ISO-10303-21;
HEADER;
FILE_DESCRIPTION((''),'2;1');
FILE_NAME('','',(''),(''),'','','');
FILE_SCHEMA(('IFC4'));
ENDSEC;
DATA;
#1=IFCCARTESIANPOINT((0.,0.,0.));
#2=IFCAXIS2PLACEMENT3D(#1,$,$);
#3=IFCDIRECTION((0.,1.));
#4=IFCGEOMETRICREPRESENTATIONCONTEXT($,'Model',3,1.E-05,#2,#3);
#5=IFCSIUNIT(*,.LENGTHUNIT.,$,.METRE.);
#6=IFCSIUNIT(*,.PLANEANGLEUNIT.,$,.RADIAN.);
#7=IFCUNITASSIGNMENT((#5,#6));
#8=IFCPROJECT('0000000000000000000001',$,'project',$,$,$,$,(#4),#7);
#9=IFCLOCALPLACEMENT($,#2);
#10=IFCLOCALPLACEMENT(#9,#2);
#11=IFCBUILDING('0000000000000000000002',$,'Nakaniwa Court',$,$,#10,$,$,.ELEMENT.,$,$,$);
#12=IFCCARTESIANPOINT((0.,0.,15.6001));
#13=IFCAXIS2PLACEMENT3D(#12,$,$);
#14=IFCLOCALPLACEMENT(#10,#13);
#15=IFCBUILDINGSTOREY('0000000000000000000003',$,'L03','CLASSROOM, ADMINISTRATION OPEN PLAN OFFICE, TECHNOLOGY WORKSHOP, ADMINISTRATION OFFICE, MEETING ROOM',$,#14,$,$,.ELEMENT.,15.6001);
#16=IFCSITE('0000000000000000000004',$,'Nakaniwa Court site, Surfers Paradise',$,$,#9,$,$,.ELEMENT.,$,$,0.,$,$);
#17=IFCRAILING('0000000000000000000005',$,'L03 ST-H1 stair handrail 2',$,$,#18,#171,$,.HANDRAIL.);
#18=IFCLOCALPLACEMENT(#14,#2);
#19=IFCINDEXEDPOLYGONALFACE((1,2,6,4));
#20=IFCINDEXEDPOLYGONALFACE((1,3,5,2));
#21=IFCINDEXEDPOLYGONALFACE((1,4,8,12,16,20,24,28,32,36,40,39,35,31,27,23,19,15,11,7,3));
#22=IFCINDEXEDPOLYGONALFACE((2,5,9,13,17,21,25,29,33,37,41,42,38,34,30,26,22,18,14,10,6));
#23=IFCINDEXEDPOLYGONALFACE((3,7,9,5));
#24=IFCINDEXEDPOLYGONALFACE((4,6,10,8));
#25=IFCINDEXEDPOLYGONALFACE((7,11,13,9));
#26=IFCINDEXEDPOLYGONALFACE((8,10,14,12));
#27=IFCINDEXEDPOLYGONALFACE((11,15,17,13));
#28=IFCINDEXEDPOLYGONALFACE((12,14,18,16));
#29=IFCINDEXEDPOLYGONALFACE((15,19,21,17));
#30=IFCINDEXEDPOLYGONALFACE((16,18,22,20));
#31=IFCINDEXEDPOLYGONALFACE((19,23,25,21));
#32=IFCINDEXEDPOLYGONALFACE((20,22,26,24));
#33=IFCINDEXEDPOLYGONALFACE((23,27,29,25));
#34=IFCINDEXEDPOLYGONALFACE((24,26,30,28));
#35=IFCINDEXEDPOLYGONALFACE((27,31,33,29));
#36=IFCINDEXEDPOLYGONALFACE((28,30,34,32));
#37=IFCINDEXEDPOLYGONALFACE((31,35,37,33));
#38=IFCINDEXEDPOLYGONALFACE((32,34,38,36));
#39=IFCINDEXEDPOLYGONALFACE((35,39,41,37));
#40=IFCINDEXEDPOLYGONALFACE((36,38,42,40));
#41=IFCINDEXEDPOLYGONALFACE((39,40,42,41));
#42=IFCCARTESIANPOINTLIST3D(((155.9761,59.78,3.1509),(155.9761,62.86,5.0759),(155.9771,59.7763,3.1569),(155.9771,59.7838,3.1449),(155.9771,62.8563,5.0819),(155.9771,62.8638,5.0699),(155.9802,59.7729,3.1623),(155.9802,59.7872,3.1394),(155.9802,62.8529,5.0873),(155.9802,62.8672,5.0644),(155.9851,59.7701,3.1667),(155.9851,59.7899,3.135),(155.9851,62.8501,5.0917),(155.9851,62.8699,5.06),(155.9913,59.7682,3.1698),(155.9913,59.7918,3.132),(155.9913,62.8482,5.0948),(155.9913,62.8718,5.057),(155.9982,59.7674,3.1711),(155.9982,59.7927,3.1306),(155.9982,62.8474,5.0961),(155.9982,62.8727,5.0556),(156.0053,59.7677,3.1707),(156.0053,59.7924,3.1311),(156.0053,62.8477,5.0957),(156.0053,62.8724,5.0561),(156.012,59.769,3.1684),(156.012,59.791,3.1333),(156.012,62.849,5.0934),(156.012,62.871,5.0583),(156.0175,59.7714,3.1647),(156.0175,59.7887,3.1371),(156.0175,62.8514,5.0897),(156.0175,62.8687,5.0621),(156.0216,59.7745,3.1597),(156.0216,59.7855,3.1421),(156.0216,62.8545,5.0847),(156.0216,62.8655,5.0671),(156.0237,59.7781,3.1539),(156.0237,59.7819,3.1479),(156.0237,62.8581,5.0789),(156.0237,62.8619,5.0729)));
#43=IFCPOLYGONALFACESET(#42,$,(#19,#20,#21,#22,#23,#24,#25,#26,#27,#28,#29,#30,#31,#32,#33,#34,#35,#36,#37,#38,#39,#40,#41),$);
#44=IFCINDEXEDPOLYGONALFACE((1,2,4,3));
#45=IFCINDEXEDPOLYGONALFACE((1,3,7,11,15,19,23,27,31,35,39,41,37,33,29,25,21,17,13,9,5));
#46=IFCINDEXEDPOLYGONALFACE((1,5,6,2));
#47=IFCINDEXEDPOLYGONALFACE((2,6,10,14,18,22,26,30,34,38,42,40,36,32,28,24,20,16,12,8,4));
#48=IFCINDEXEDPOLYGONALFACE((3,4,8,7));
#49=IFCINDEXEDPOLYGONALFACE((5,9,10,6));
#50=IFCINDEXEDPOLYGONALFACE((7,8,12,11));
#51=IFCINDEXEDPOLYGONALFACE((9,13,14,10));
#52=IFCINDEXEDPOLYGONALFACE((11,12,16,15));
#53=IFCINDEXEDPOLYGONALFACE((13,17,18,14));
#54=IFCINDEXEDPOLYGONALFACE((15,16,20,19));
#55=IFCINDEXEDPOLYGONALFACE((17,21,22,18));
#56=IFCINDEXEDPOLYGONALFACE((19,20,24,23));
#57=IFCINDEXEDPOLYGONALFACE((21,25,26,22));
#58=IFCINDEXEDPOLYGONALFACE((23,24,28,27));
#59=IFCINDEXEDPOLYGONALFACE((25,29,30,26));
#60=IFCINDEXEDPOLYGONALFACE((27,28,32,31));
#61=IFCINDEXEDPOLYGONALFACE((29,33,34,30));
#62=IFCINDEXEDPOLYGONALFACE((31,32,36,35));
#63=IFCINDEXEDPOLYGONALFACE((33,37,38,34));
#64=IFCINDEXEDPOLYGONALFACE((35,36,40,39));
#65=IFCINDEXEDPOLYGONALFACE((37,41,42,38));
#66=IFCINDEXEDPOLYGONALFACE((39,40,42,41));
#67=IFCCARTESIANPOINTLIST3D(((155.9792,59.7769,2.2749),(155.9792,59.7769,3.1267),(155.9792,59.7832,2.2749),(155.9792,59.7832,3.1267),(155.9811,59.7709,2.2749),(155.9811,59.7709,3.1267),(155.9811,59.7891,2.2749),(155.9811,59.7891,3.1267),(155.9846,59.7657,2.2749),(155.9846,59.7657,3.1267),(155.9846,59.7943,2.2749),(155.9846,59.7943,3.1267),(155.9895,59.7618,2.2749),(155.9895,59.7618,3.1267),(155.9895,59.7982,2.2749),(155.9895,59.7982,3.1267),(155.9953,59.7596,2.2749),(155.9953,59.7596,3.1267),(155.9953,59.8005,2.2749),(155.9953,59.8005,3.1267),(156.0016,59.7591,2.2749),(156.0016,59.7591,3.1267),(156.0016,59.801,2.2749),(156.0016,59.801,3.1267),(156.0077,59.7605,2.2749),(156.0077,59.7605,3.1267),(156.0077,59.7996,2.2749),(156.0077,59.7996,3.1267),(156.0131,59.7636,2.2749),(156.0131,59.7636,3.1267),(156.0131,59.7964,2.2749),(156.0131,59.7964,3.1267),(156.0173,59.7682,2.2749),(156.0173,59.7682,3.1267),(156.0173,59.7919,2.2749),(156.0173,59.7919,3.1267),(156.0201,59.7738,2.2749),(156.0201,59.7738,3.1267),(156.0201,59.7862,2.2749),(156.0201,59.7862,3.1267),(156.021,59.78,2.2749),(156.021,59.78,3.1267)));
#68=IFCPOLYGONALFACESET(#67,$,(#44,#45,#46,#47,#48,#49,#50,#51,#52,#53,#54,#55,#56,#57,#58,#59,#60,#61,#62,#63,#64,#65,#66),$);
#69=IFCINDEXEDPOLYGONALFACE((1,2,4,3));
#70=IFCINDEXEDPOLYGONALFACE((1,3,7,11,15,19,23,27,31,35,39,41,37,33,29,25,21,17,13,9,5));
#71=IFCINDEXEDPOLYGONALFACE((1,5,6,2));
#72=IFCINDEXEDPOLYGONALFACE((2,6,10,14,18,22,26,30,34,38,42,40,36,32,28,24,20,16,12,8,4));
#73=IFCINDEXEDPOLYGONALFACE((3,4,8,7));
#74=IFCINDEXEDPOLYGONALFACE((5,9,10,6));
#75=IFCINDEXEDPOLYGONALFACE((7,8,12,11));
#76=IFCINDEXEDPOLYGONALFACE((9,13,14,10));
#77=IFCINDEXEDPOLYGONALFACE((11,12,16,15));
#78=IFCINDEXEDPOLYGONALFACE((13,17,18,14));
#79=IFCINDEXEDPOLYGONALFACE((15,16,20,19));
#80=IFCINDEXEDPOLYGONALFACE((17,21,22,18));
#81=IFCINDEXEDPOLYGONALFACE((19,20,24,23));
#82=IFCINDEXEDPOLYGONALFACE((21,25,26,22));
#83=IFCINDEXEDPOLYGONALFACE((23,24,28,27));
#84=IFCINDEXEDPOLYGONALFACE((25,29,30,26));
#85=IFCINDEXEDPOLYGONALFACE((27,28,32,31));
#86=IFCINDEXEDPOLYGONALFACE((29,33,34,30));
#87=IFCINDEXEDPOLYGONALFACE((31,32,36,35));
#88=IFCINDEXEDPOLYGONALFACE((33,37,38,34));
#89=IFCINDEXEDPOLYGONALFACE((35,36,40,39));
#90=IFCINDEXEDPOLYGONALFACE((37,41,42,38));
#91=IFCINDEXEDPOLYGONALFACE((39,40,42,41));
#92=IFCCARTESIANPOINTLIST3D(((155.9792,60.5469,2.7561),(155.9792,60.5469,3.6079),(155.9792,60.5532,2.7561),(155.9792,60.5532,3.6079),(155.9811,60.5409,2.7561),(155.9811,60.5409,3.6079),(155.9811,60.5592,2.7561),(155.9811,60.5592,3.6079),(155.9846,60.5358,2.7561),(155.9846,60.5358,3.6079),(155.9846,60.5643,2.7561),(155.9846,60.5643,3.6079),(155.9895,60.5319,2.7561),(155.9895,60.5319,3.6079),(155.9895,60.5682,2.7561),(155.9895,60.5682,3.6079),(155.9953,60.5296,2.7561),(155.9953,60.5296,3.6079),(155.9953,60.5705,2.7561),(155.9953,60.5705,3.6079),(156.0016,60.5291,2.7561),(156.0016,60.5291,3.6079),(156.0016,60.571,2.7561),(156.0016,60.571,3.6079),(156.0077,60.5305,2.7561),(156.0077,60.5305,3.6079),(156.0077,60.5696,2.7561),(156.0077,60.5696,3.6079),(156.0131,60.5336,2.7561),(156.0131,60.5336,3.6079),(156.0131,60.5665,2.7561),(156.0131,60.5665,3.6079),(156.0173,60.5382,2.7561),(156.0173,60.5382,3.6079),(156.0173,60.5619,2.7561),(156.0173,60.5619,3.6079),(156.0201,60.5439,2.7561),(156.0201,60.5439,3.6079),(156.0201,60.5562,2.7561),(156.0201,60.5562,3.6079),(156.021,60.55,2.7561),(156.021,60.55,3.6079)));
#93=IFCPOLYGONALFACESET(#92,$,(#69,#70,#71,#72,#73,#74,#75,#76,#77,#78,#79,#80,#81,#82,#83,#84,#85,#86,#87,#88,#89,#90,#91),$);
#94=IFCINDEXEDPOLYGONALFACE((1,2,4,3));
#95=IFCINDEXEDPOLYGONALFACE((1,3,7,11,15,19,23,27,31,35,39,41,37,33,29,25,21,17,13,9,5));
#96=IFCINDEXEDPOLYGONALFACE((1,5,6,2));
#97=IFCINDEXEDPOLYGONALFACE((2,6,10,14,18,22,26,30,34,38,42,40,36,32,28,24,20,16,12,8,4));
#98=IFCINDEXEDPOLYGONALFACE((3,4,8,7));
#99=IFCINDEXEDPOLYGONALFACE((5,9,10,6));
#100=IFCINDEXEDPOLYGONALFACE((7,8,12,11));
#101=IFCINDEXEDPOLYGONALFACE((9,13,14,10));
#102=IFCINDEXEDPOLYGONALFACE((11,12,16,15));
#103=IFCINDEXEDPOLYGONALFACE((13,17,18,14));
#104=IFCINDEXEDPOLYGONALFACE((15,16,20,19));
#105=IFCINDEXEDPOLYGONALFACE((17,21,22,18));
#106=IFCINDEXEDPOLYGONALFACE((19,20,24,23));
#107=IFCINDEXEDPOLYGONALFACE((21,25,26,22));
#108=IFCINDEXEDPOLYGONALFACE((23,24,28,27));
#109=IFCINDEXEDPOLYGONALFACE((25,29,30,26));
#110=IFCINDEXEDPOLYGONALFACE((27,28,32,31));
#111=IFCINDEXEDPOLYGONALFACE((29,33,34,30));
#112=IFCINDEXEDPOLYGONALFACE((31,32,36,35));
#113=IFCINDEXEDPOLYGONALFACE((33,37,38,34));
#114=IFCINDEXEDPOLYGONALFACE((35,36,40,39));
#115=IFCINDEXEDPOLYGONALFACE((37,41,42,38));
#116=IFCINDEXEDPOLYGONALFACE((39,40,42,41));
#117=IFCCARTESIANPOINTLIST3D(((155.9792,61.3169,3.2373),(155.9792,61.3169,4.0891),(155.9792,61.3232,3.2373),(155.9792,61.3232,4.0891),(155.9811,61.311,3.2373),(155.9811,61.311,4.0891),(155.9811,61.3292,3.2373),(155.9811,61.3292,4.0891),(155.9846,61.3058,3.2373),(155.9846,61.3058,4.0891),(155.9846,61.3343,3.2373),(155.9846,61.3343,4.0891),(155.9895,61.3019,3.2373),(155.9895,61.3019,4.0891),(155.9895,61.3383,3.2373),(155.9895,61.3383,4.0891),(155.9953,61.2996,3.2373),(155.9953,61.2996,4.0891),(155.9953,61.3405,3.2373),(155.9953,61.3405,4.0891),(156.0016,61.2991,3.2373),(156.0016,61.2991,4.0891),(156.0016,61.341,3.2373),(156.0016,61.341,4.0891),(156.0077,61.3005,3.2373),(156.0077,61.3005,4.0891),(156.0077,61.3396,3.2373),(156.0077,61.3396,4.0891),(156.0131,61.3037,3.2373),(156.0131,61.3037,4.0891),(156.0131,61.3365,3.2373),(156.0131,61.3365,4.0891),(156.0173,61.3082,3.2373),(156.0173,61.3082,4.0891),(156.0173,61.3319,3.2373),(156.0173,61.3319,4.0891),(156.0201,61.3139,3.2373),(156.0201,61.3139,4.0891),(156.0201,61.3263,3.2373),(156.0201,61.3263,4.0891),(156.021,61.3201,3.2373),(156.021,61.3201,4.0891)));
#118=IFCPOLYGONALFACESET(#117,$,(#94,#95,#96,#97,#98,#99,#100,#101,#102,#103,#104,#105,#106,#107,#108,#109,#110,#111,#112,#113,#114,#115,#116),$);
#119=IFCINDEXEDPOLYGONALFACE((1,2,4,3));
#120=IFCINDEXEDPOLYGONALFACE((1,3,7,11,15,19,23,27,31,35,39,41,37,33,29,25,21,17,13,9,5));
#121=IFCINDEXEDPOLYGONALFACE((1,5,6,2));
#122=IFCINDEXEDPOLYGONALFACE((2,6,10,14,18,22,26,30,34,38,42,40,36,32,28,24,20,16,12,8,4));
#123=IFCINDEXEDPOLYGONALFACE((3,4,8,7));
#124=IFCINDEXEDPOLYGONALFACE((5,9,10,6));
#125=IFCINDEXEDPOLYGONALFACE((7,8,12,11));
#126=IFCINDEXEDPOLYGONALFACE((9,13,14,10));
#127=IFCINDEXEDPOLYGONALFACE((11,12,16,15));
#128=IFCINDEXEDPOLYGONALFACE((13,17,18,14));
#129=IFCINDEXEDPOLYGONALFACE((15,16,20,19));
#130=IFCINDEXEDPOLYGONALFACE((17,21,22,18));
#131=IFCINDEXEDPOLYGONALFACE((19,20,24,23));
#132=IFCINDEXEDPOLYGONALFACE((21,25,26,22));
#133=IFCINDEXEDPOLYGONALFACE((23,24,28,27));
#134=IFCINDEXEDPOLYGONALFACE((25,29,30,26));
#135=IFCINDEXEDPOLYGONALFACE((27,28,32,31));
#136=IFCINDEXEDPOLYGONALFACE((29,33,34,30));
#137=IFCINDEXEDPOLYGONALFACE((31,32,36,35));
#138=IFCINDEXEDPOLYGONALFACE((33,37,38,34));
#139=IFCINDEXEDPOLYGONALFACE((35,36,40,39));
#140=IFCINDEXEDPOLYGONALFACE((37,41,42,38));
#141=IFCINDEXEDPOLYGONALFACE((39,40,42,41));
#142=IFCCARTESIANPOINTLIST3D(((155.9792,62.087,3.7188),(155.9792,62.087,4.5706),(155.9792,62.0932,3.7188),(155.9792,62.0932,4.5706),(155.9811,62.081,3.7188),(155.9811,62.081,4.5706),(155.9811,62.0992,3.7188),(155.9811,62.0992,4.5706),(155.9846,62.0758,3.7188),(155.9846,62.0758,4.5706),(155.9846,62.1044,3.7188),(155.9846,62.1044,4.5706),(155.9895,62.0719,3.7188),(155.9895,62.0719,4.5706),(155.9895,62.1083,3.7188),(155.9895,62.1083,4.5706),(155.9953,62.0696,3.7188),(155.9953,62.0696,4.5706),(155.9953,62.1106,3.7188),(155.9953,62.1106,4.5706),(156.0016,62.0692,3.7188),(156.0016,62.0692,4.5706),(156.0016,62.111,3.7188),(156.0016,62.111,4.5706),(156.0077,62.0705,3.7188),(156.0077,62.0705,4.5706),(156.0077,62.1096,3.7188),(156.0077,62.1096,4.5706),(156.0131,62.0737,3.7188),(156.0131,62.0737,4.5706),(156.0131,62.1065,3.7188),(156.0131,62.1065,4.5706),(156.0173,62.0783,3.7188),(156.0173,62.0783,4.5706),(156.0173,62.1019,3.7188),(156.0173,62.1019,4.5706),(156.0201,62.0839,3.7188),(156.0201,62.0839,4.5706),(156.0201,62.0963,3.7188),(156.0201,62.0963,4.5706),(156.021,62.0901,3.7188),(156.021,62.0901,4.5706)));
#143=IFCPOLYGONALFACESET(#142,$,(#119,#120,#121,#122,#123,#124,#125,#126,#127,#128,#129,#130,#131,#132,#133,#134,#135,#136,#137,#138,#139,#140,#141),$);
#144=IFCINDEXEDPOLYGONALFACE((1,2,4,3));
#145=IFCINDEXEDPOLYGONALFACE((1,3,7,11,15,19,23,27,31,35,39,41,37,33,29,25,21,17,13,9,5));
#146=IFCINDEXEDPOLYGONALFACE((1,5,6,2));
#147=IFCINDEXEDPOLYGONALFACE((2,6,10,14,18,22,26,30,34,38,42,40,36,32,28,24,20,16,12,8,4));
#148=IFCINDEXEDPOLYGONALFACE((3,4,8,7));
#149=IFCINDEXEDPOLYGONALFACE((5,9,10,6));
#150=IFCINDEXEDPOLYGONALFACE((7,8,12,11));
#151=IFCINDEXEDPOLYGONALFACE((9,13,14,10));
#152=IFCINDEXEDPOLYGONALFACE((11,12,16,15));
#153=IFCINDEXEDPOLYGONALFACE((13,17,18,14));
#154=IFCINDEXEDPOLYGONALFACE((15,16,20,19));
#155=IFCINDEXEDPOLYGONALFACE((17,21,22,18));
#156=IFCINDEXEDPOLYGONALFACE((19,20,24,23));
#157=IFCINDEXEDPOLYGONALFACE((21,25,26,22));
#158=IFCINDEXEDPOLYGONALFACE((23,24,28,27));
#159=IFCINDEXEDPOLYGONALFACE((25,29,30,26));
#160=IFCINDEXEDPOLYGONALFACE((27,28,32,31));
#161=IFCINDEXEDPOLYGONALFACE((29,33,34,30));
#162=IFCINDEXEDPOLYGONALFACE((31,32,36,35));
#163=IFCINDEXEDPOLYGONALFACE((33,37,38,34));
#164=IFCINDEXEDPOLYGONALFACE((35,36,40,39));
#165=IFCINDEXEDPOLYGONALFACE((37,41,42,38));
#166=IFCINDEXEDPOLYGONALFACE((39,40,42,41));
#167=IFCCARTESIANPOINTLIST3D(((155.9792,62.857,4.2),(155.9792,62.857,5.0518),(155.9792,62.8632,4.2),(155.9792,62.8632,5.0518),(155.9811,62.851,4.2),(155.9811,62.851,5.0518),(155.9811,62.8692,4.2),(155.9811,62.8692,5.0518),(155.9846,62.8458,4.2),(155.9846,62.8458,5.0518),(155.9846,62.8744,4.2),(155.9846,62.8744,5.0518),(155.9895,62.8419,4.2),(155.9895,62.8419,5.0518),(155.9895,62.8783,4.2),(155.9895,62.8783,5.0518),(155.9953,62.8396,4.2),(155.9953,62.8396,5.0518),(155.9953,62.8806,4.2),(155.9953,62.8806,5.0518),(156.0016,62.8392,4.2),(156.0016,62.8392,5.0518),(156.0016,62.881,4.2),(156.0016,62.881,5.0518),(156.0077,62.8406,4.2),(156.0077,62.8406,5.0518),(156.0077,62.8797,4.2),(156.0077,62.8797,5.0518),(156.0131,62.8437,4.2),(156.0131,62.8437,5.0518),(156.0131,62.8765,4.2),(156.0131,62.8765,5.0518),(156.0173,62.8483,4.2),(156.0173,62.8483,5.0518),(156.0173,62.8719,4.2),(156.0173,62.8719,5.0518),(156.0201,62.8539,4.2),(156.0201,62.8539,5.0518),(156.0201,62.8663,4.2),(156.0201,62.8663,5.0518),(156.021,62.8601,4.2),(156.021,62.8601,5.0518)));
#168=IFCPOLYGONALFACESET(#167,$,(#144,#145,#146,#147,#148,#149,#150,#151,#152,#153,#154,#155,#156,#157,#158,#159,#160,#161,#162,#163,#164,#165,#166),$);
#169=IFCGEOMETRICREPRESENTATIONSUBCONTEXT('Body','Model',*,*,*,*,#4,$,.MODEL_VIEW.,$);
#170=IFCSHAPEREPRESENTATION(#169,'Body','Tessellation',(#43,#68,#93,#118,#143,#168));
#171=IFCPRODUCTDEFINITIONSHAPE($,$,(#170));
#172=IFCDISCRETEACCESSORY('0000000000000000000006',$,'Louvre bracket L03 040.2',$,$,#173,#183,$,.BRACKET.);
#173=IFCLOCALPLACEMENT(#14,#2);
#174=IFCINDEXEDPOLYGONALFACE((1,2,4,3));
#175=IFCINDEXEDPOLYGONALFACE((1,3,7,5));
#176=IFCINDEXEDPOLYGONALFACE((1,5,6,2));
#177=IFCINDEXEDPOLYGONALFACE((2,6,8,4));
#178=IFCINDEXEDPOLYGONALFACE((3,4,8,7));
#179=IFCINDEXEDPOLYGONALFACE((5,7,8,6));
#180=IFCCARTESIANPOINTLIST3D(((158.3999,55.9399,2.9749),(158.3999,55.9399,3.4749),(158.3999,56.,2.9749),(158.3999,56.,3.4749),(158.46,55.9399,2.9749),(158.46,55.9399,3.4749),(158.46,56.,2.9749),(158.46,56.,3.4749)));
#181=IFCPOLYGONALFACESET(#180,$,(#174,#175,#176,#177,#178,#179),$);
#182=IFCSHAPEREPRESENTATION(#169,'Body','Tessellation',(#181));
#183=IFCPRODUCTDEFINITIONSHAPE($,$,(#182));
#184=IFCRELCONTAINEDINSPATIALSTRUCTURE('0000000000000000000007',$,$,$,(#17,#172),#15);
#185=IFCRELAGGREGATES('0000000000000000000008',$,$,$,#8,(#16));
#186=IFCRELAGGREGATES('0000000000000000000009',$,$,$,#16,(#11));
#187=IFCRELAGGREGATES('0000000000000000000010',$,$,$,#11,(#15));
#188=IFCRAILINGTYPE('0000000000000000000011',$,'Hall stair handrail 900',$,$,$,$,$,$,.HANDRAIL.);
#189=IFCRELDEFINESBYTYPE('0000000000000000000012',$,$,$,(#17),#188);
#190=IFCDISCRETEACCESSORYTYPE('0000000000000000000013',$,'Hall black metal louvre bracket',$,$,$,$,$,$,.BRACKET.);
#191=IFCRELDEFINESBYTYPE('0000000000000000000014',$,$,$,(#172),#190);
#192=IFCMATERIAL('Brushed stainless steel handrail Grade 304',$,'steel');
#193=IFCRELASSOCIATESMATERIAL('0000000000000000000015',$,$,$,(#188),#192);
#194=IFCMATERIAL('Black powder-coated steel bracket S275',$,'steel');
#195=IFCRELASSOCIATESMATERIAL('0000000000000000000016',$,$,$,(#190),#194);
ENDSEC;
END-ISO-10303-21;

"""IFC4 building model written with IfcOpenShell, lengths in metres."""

from ifc_helpers import new_model, si_unit, direction, frame, origin, origin_2d, place, context, subcontext, project, spatial, rectangle, circle, extrude, material, type_object, element, save


model = new_model("IFC4")

# Units and contexts
model_context = context("Model", 3, precision=1e-05, world=origin(), true_north=direction((0.0, 1.0)))
body_context = subcontext(model_context, "Body", "Model", "MODEL_VIEW")
ifc_project = project(units=[si_unit("LENGTHUNIT", "METRE"), si_unit("PLANEANGLEUNIT", "RADIAN")], contexts=[model_context])

# Site, building, storey
site_placement = place(None, origin())
site = spatial("IfcSite", under=ifc_project, at=site_placement, Name="Nakaniwa Court site, Surfers Paradise", CompositionType="ELEMENT", RefElevation=0.0)
building_placement = place(site_placement, origin())
building = spatial("IfcBuilding", under=site, at=building_placement, Name="Nakaniwa Court", CompositionType="ELEMENT")
storey_placement = place(building_placement, frame((0.0, 0.0, 15.6001)))
storey = spatial("IfcBuildingStorey", under=building, at=storey_placement, Name="L03", Description="CLASSROOM, ADMINISTRATION OPEN PLAN OFFICE, TECHNOLOGY WORKSHOP, ADMINISTRATION OFFICE, MEETING ROOM", CompositionType="ELEMENT", Elevation=15.6001)

# Railing
ifc_material_1 = material(Name="Brushed stainless steel handrail Grade 304", Category="steel")
railing_type_1 = type_object("IfcRailingType", Name="Hall stair handrail 900", PredefinedType="HANDRAIL", material=ifc_material_1)
railing_1_placement = place(storey_placement, frame((156.0, 59.78, 2.2749)))
element("IfcRailing", 1, at=railing_1_placement, inside=storey, type_object=railing_type_1, Name="L03 ST-H1 stair handrail 2", PredefinedType="HANDRAIL", context=body_context, shape_type="SweptSolid", body=[
    extrude(circle(Radius=0.0239, at=origin_2d()), frame((0.0, 0.0, 0.876), z_axis=(0.0, 0.847998, 0.529999), x_axis=(-1.0, 0.0, 0.0)), (0.0, 0.0, 1.0), 3.6321),
    extrude(circle(Radius=0.021, at=origin_2d()), origin(), (0.0, 0.0, 1.0), 0.8518),
    extrude(circle(Radius=0.021, at=origin_2d()), frame((0.0, 0.77, 0.4812)), (0.0, 0.0, 1.0), 0.8518),
    extrude(circle(Radius=0.021, at=origin_2d()), frame((0.0, 1.54, 0.9624)), (0.0, 0.0, 1.0), 0.8518),
    extrude(circle(Radius=0.021, at=origin_2d()), frame((0.0, 2.3101, 1.4438)), (0.0, 0.0, 1.0), 0.8518),
    extrude(circle(Radius=0.021, at=origin_2d()), frame((0.0, 3.0801, 1.925)), (0.0, 0.0, 1.0), 0.8518),
])

# Discrete accessory
ifc_material_2 = material(Name="Black powder-coated steel bracket S275", Category="steel")
discrete_accessory_type = type_object("IfcDiscreteAccessoryType", Name="Hall black metal louvre bracket", PredefinedType="BRACKET", material=ifc_material_2)
discrete_accessory_placement = place(storey_placement, frame((158.4299, 55.97, 2.9749), z_axis=(0.0, 0.0, 1.0), x_axis=(-1.0, 0.0, 0.0)))
element("IfcDiscreteAccessory", 2, at=discrete_accessory_placement, inside=storey, type_object=discrete_accessory_type, Name="Louvre bracket L03 040.2", PredefinedType="BRACKET", context=body_context, shape_type="SweptSolid", body=[
    extrude(rectangle(XDim=0.0601, YDim=0.0601, at=origin_2d()), origin(), (0.0, 0.0, 1.0), 0.5),
])

save(model, "model.ifc")
